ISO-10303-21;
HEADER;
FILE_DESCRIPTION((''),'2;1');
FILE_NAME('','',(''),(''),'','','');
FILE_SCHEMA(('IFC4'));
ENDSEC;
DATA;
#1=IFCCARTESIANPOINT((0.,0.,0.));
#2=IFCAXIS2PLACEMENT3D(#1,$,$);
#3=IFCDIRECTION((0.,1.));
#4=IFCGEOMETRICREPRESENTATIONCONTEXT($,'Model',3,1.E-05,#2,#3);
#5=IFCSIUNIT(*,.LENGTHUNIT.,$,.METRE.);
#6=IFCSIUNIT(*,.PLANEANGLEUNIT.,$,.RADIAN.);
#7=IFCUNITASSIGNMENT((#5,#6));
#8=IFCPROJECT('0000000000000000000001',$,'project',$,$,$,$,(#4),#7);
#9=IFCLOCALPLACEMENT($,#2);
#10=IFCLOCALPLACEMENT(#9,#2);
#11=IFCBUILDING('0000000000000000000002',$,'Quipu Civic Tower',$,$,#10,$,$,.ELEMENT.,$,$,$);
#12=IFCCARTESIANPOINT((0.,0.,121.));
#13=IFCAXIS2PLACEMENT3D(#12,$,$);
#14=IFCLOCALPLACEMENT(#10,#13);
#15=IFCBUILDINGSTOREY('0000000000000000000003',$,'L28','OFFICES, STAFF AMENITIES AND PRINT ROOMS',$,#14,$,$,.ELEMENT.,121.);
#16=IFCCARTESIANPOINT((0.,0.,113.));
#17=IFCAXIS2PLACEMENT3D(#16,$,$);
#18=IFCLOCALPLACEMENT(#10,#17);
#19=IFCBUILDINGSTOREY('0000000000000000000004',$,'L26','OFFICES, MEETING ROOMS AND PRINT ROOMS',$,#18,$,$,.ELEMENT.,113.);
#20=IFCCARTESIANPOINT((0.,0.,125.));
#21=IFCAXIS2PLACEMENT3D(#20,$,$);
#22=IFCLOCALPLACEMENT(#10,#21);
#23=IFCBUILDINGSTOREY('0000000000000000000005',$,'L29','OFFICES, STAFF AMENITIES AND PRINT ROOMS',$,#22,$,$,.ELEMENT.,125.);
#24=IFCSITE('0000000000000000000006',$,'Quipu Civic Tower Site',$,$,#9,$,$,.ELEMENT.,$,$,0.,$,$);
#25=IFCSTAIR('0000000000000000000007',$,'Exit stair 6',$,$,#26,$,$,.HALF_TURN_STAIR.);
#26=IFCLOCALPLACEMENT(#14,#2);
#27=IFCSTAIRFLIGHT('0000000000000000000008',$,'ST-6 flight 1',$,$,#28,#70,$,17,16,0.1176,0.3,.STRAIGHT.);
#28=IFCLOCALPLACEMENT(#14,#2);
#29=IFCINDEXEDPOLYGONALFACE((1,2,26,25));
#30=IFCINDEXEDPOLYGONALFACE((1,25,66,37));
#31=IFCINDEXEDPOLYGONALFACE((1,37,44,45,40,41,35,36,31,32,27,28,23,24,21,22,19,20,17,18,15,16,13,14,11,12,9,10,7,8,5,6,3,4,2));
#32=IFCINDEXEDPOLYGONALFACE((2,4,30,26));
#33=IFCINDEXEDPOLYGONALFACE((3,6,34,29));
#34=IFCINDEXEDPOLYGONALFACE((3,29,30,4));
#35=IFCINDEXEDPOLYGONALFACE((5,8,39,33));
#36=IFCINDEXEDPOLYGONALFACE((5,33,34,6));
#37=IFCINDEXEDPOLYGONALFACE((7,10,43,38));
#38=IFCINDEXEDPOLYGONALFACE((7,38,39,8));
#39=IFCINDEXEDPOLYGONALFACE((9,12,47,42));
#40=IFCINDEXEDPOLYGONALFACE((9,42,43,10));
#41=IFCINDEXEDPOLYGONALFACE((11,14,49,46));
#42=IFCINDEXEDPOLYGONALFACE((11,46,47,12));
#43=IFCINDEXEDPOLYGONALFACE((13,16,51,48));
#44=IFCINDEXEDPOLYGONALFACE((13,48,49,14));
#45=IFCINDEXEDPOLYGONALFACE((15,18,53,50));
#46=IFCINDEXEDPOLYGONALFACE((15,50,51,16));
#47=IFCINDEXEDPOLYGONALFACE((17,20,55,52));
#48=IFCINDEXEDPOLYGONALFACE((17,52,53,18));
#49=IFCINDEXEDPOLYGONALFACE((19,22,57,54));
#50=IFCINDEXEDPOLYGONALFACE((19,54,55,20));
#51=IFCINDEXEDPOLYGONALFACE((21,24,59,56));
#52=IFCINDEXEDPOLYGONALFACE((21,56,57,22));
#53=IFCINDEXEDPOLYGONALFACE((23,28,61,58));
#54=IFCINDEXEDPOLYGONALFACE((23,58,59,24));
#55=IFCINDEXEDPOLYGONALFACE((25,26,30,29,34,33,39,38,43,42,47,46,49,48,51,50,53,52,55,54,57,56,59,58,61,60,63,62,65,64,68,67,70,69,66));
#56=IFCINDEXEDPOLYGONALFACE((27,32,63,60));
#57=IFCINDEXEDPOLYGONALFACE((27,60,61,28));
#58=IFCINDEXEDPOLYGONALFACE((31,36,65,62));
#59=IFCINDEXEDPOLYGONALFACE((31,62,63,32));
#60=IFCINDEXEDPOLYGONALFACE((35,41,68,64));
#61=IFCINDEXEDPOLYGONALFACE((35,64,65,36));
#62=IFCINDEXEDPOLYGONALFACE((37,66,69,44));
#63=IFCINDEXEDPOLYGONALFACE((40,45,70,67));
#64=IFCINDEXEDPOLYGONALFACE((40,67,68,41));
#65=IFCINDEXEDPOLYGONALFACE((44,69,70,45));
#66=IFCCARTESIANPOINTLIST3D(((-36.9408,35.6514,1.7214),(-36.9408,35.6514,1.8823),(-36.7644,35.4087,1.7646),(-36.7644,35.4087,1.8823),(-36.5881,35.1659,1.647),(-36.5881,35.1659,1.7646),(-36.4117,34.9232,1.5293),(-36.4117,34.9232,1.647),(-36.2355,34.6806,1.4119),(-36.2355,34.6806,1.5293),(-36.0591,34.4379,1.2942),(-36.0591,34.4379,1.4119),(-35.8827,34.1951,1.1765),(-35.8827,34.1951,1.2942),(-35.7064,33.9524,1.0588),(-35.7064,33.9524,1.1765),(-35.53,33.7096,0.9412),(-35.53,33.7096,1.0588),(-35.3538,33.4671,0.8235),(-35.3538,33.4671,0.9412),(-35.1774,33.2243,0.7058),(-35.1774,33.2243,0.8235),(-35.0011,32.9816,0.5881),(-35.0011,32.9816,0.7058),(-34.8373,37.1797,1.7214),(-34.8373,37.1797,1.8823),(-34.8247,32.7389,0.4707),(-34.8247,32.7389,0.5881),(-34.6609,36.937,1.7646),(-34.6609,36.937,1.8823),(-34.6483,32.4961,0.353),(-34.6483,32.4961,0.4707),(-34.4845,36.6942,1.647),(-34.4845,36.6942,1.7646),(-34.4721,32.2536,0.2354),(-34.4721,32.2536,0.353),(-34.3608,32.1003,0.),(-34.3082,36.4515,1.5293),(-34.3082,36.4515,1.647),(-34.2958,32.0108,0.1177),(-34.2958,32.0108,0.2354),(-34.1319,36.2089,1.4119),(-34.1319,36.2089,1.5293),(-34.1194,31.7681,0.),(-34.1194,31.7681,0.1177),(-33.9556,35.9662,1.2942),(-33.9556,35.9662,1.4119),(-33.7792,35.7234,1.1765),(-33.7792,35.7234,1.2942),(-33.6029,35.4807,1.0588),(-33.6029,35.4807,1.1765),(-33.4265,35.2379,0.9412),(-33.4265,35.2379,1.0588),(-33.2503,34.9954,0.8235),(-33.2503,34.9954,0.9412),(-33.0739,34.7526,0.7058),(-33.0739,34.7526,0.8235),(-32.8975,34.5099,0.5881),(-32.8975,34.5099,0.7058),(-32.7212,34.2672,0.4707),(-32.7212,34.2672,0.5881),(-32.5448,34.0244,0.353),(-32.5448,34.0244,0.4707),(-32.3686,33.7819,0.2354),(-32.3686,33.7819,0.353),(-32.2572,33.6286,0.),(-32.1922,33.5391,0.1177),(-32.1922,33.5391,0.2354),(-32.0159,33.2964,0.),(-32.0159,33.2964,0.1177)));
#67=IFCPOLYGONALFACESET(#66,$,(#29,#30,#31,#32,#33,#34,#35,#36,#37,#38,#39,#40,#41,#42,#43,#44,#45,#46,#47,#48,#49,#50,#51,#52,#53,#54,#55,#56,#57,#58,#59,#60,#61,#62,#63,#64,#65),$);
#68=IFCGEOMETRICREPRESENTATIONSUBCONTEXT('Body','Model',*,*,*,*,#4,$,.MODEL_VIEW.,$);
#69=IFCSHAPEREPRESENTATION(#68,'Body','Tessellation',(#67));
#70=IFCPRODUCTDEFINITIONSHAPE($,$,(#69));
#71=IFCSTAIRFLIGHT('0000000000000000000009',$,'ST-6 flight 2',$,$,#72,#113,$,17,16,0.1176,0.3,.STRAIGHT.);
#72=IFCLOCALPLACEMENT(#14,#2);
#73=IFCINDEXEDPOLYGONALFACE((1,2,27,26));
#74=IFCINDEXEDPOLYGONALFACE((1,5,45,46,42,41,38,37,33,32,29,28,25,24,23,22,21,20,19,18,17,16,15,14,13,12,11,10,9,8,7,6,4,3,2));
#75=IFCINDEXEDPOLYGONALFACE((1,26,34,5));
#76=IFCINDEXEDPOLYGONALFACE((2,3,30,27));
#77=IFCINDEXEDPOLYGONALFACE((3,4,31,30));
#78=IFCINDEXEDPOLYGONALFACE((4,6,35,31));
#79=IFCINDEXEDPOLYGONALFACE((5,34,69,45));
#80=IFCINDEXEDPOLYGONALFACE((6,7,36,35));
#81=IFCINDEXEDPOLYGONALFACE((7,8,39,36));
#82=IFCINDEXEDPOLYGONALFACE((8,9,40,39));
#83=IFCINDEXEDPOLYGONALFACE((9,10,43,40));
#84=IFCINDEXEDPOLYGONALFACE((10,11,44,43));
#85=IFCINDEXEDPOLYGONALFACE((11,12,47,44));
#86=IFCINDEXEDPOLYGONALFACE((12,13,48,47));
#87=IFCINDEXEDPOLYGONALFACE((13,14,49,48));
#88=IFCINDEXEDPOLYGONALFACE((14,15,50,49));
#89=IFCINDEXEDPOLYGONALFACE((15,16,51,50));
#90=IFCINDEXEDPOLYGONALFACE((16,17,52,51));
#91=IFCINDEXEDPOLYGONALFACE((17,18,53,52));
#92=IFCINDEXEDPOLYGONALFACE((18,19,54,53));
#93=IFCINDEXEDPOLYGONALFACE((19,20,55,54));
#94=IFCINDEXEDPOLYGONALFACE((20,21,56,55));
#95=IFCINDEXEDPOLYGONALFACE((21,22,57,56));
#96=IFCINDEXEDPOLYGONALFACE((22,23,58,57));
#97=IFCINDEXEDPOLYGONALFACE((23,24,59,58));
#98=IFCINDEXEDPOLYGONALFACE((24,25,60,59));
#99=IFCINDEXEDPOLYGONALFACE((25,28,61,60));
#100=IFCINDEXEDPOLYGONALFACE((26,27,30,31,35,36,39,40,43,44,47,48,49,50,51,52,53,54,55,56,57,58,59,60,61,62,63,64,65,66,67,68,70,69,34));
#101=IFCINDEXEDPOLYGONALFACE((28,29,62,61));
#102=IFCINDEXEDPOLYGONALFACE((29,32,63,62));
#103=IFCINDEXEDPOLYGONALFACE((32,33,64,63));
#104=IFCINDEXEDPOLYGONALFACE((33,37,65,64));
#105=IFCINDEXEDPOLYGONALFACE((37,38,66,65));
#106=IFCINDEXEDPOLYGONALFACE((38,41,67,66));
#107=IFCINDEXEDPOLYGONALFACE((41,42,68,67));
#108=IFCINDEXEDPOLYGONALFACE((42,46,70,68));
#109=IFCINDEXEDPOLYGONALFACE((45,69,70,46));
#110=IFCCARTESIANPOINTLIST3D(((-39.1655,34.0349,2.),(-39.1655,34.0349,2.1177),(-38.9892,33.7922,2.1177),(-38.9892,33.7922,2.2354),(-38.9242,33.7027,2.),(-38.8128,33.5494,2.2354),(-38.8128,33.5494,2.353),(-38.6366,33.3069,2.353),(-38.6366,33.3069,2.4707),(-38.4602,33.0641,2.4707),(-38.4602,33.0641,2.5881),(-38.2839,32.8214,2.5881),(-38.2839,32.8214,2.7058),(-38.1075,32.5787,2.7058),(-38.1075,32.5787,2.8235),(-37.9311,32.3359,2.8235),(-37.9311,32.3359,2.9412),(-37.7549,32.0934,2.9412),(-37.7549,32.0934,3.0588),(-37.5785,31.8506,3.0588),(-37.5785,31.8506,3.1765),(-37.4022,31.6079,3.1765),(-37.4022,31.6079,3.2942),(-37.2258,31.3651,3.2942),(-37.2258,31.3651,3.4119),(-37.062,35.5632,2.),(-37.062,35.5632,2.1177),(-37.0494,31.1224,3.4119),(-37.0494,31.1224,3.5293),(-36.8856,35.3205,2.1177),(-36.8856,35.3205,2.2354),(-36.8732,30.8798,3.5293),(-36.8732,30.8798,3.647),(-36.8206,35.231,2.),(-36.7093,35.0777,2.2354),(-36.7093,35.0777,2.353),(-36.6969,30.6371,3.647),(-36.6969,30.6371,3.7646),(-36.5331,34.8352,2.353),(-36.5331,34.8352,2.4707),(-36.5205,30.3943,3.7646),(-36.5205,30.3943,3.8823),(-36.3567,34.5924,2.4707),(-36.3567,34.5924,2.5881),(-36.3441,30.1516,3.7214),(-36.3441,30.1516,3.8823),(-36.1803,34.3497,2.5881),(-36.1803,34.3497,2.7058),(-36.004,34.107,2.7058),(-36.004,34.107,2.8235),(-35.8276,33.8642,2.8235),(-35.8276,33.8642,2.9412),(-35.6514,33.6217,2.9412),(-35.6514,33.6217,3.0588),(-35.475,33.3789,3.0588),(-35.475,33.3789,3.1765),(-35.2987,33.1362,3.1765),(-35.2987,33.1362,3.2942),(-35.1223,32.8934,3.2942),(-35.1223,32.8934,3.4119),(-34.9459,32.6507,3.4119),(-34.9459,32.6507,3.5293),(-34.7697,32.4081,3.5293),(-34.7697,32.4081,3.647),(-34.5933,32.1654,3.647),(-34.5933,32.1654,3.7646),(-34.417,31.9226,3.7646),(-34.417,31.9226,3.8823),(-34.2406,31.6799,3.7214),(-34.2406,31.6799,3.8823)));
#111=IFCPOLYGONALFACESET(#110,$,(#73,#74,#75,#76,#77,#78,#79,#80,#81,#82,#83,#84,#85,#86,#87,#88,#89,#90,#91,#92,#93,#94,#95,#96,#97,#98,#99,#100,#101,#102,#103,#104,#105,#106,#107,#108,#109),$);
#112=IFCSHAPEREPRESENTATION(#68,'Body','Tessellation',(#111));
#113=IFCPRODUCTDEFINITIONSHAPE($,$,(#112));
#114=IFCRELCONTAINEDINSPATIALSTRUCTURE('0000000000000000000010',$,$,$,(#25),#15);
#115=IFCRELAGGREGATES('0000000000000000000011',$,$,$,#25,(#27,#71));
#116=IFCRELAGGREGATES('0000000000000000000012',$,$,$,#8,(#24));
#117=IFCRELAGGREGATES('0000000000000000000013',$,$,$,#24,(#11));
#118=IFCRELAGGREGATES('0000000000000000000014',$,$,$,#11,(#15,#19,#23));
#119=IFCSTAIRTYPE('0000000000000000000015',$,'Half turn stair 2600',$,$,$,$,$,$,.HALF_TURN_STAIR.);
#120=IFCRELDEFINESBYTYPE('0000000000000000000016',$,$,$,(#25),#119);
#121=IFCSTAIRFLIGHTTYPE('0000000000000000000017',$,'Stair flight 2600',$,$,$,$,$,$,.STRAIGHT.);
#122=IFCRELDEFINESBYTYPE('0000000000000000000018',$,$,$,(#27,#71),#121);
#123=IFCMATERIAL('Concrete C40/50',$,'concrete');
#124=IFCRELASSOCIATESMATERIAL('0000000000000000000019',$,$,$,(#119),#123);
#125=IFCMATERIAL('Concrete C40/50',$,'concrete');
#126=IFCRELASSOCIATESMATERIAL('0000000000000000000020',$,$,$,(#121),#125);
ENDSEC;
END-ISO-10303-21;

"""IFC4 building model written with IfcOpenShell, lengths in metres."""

from ifc_helpers import new_model, si_unit, direction, frame, origin, place, context, subcontext, project, spatial, polyline, outline, extrude, material, type_object, element, aggregate, save


model = new_model("IFC4")

# Units and contexts
model_context = context("Model", 3, precision=1e-05, world=origin(), true_north=direction((0.0, 1.0)))
body_context = subcontext(model_context, "Body", "Model", "MODEL_VIEW")
ifc_project = project(units=[si_unit("LENGTHUNIT", "METRE"), si_unit("PLANEANGLEUNIT", "RADIAN")], contexts=[model_context])

# Site, building, storey
site_placement = place(None, origin())
site = spatial("IfcSite", under=ifc_project, at=site_placement, Name="Quipu Civic Tower Site", CompositionType="ELEMENT", RefElevation=0.0)
building_placement = place(site_placement, origin())
building = spatial("IfcBuilding", under=site, at=building_placement, Name="Quipu Civic Tower", CompositionType="ELEMENT")
storey_1_placement = place(building_placement, frame((0.0, 0.0, 121.0)))
storey_1 = spatial("IfcBuildingStorey", under=building, at=storey_1_placement, Name="L28", Description="OFFICES, STAFF AMENITIES AND PRINT ROOMS", CompositionType="ELEMENT", Elevation=121.0)

# Shared definitions
storey_2_placement = place(building_placement, frame((0.0, 0.0, 113.0)))
storey_2 = spatial("IfcBuildingStorey", under=building, at=storey_2_placement, Name="L26", Description="OFFICES, MEETING ROOMS AND PRINT ROOMS", CompositionType="ELEMENT", Elevation=113.0)

# Shared definitions
storey_3_placement = place(building_placement, frame((0.0, 0.0, 125.0)))
storey_3 = spatial("IfcBuildingStorey", under=building, at=storey_3_placement, Name="L29", Description="OFFICES, STAFF AMENITIES AND PRINT ROOMS", CompositionType="ELEMENT", Elevation=125.0)

# Stair, stair flights
ifc_material_1 = material(Name="Concrete C40/50", Category="concrete")
stair_type = type_object("IfcStairType", Name="Half turn stair 2600", PredefinedType="HALF_TURN_STAIR", material=ifc_material_1)
stair_placement = place(storey_1_placement, origin())
stair = element("IfcStair", 1, at=stair_placement, inside=storey_1, type_object=stair_type, Name="Exit stair 6", PredefinedType="HALF_TURN_STAIR")
ifc_material_2 = material(Name="Concrete C40/50", Category="concrete")
stair_flight_type = type_object("IfcStairFlightType", Name="Stair flight 2600", PredefinedType="STRAIGHT", material=ifc_material_2)
stair_flight_1_placement = place(storey_1_placement, frame((-33.0676, 32.5322, 0.0), z_axis=(0.0, 0.0, 1.0), x_axis=(-0.587785, 0.809017, 0.0)))
stair_flight_1 = element("IfcStairFlight", 2, at=stair_flight_1_placement, type_object=stair_flight_type, Name="ST-6 flight 1", NumberOfRisers=17, NumberOfTreads=16, PredefinedType="STRAIGHT", RiserHeight=0.1176, TreadLength=0.3, context=body_context, shape_type="SweptSolid", body=[
    extrude(outline(polyline([(0.0, 0.0), (0.0, 0.1177), (0.3, 0.1177), (0.3, 0.2354), (0.6001, 0.2354), (0.6001, 0.353), (0.8999, 0.353), (0.8999, 0.4707), (1.2, 0.4707), (1.2, 0.5881), (1.5, 0.5881), (1.5, 0.7058), (1.8, 0.7058), (1.8, 0.8235), (2.1001, 0.8235), (2.1001, 0.9412), (2.3999, 0.9412), (2.3999, 1.0588), (2.7, 1.0588), (2.7, 1.1765), (3.0, 1.1765), (3.0, 1.2942), (3.3, 1.2942), (3.3, 1.4119), (3.6001, 1.4119), (3.6001, 1.5293), (3.8999, 1.5293), (3.8999, 1.647), (4.2, 1.647), (4.2, 1.7646), (4.5, 1.7646), (4.5, 1.8823), (4.8, 1.8823), (4.8, 2.0), (4.8, 1.7214), (0.4106, 0.0), (0.0, 0.0)])), frame((0.0, 1.3, 0.0), z_axis=(0.0, -1.0, 0.0), x_axis=(1.0, 0.0, 0.0)), (0.0, 0.0, 1.0), 2.6001),
])
stair_flight_2_placement = place(storey_1_placement, frame((-38.1138, 34.7991, 2.0), z_axis=(0.0, 0.0, 1.0), x_axis=(0.587785, -0.809017, 0.0)))
stair_flight_2 = element("IfcStairFlight", 3, at=stair_flight_2_placement, type_object=stair_flight_type, Name="ST-6 flight 2", NumberOfRisers=17, NumberOfTreads=16, PredefinedType="STRAIGHT", RiserHeight=0.1176, TreadLength=0.3, context=body_context, shape_type="SweptSolid", body=[
    extrude(outline(polyline([(0.0, 0.0), (0.0, 0.1177), (0.3, 0.1177), (0.3, 0.2354), (0.6001, 0.2354), (0.6001, 0.353), (0.8999, 0.353), (0.8999, 0.4707), (1.2, 0.4707), (1.2, 0.5881), (1.5, 0.5881), (1.5, 0.7058), (1.8, 0.7058), (1.8, 0.8235), (2.1001, 0.8235), (2.1001, 0.9412), (2.3999, 0.9412), (2.3999, 1.0588), (2.7, 1.0588), (2.7, 1.1765), (3.0, 1.1765), (3.0, 1.2942), (3.3, 1.2942), (3.3, 1.4119), (3.6001, 1.4119), (3.6001, 1.5293), (3.8999, 1.5293), (3.8999, 1.647), (4.2, 1.647), (4.2, 1.7646), (4.5, 1.7646), (4.5, 1.8823), (4.8, 1.8823), (4.8, 2.0), (4.8, 1.7214), (0.4106, 0.0), (0.0, 0.0)])), frame((0.0, 1.3, 0.0), z_axis=(0.0, -1.0, 0.0), x_axis=(1.0, 0.0, 0.0)), (0.0, 0.0, 1.0), 2.6001),
])
aggregate(stair, [stair_flight_1, stair_flight_2])

save(model, "model.ifc")
